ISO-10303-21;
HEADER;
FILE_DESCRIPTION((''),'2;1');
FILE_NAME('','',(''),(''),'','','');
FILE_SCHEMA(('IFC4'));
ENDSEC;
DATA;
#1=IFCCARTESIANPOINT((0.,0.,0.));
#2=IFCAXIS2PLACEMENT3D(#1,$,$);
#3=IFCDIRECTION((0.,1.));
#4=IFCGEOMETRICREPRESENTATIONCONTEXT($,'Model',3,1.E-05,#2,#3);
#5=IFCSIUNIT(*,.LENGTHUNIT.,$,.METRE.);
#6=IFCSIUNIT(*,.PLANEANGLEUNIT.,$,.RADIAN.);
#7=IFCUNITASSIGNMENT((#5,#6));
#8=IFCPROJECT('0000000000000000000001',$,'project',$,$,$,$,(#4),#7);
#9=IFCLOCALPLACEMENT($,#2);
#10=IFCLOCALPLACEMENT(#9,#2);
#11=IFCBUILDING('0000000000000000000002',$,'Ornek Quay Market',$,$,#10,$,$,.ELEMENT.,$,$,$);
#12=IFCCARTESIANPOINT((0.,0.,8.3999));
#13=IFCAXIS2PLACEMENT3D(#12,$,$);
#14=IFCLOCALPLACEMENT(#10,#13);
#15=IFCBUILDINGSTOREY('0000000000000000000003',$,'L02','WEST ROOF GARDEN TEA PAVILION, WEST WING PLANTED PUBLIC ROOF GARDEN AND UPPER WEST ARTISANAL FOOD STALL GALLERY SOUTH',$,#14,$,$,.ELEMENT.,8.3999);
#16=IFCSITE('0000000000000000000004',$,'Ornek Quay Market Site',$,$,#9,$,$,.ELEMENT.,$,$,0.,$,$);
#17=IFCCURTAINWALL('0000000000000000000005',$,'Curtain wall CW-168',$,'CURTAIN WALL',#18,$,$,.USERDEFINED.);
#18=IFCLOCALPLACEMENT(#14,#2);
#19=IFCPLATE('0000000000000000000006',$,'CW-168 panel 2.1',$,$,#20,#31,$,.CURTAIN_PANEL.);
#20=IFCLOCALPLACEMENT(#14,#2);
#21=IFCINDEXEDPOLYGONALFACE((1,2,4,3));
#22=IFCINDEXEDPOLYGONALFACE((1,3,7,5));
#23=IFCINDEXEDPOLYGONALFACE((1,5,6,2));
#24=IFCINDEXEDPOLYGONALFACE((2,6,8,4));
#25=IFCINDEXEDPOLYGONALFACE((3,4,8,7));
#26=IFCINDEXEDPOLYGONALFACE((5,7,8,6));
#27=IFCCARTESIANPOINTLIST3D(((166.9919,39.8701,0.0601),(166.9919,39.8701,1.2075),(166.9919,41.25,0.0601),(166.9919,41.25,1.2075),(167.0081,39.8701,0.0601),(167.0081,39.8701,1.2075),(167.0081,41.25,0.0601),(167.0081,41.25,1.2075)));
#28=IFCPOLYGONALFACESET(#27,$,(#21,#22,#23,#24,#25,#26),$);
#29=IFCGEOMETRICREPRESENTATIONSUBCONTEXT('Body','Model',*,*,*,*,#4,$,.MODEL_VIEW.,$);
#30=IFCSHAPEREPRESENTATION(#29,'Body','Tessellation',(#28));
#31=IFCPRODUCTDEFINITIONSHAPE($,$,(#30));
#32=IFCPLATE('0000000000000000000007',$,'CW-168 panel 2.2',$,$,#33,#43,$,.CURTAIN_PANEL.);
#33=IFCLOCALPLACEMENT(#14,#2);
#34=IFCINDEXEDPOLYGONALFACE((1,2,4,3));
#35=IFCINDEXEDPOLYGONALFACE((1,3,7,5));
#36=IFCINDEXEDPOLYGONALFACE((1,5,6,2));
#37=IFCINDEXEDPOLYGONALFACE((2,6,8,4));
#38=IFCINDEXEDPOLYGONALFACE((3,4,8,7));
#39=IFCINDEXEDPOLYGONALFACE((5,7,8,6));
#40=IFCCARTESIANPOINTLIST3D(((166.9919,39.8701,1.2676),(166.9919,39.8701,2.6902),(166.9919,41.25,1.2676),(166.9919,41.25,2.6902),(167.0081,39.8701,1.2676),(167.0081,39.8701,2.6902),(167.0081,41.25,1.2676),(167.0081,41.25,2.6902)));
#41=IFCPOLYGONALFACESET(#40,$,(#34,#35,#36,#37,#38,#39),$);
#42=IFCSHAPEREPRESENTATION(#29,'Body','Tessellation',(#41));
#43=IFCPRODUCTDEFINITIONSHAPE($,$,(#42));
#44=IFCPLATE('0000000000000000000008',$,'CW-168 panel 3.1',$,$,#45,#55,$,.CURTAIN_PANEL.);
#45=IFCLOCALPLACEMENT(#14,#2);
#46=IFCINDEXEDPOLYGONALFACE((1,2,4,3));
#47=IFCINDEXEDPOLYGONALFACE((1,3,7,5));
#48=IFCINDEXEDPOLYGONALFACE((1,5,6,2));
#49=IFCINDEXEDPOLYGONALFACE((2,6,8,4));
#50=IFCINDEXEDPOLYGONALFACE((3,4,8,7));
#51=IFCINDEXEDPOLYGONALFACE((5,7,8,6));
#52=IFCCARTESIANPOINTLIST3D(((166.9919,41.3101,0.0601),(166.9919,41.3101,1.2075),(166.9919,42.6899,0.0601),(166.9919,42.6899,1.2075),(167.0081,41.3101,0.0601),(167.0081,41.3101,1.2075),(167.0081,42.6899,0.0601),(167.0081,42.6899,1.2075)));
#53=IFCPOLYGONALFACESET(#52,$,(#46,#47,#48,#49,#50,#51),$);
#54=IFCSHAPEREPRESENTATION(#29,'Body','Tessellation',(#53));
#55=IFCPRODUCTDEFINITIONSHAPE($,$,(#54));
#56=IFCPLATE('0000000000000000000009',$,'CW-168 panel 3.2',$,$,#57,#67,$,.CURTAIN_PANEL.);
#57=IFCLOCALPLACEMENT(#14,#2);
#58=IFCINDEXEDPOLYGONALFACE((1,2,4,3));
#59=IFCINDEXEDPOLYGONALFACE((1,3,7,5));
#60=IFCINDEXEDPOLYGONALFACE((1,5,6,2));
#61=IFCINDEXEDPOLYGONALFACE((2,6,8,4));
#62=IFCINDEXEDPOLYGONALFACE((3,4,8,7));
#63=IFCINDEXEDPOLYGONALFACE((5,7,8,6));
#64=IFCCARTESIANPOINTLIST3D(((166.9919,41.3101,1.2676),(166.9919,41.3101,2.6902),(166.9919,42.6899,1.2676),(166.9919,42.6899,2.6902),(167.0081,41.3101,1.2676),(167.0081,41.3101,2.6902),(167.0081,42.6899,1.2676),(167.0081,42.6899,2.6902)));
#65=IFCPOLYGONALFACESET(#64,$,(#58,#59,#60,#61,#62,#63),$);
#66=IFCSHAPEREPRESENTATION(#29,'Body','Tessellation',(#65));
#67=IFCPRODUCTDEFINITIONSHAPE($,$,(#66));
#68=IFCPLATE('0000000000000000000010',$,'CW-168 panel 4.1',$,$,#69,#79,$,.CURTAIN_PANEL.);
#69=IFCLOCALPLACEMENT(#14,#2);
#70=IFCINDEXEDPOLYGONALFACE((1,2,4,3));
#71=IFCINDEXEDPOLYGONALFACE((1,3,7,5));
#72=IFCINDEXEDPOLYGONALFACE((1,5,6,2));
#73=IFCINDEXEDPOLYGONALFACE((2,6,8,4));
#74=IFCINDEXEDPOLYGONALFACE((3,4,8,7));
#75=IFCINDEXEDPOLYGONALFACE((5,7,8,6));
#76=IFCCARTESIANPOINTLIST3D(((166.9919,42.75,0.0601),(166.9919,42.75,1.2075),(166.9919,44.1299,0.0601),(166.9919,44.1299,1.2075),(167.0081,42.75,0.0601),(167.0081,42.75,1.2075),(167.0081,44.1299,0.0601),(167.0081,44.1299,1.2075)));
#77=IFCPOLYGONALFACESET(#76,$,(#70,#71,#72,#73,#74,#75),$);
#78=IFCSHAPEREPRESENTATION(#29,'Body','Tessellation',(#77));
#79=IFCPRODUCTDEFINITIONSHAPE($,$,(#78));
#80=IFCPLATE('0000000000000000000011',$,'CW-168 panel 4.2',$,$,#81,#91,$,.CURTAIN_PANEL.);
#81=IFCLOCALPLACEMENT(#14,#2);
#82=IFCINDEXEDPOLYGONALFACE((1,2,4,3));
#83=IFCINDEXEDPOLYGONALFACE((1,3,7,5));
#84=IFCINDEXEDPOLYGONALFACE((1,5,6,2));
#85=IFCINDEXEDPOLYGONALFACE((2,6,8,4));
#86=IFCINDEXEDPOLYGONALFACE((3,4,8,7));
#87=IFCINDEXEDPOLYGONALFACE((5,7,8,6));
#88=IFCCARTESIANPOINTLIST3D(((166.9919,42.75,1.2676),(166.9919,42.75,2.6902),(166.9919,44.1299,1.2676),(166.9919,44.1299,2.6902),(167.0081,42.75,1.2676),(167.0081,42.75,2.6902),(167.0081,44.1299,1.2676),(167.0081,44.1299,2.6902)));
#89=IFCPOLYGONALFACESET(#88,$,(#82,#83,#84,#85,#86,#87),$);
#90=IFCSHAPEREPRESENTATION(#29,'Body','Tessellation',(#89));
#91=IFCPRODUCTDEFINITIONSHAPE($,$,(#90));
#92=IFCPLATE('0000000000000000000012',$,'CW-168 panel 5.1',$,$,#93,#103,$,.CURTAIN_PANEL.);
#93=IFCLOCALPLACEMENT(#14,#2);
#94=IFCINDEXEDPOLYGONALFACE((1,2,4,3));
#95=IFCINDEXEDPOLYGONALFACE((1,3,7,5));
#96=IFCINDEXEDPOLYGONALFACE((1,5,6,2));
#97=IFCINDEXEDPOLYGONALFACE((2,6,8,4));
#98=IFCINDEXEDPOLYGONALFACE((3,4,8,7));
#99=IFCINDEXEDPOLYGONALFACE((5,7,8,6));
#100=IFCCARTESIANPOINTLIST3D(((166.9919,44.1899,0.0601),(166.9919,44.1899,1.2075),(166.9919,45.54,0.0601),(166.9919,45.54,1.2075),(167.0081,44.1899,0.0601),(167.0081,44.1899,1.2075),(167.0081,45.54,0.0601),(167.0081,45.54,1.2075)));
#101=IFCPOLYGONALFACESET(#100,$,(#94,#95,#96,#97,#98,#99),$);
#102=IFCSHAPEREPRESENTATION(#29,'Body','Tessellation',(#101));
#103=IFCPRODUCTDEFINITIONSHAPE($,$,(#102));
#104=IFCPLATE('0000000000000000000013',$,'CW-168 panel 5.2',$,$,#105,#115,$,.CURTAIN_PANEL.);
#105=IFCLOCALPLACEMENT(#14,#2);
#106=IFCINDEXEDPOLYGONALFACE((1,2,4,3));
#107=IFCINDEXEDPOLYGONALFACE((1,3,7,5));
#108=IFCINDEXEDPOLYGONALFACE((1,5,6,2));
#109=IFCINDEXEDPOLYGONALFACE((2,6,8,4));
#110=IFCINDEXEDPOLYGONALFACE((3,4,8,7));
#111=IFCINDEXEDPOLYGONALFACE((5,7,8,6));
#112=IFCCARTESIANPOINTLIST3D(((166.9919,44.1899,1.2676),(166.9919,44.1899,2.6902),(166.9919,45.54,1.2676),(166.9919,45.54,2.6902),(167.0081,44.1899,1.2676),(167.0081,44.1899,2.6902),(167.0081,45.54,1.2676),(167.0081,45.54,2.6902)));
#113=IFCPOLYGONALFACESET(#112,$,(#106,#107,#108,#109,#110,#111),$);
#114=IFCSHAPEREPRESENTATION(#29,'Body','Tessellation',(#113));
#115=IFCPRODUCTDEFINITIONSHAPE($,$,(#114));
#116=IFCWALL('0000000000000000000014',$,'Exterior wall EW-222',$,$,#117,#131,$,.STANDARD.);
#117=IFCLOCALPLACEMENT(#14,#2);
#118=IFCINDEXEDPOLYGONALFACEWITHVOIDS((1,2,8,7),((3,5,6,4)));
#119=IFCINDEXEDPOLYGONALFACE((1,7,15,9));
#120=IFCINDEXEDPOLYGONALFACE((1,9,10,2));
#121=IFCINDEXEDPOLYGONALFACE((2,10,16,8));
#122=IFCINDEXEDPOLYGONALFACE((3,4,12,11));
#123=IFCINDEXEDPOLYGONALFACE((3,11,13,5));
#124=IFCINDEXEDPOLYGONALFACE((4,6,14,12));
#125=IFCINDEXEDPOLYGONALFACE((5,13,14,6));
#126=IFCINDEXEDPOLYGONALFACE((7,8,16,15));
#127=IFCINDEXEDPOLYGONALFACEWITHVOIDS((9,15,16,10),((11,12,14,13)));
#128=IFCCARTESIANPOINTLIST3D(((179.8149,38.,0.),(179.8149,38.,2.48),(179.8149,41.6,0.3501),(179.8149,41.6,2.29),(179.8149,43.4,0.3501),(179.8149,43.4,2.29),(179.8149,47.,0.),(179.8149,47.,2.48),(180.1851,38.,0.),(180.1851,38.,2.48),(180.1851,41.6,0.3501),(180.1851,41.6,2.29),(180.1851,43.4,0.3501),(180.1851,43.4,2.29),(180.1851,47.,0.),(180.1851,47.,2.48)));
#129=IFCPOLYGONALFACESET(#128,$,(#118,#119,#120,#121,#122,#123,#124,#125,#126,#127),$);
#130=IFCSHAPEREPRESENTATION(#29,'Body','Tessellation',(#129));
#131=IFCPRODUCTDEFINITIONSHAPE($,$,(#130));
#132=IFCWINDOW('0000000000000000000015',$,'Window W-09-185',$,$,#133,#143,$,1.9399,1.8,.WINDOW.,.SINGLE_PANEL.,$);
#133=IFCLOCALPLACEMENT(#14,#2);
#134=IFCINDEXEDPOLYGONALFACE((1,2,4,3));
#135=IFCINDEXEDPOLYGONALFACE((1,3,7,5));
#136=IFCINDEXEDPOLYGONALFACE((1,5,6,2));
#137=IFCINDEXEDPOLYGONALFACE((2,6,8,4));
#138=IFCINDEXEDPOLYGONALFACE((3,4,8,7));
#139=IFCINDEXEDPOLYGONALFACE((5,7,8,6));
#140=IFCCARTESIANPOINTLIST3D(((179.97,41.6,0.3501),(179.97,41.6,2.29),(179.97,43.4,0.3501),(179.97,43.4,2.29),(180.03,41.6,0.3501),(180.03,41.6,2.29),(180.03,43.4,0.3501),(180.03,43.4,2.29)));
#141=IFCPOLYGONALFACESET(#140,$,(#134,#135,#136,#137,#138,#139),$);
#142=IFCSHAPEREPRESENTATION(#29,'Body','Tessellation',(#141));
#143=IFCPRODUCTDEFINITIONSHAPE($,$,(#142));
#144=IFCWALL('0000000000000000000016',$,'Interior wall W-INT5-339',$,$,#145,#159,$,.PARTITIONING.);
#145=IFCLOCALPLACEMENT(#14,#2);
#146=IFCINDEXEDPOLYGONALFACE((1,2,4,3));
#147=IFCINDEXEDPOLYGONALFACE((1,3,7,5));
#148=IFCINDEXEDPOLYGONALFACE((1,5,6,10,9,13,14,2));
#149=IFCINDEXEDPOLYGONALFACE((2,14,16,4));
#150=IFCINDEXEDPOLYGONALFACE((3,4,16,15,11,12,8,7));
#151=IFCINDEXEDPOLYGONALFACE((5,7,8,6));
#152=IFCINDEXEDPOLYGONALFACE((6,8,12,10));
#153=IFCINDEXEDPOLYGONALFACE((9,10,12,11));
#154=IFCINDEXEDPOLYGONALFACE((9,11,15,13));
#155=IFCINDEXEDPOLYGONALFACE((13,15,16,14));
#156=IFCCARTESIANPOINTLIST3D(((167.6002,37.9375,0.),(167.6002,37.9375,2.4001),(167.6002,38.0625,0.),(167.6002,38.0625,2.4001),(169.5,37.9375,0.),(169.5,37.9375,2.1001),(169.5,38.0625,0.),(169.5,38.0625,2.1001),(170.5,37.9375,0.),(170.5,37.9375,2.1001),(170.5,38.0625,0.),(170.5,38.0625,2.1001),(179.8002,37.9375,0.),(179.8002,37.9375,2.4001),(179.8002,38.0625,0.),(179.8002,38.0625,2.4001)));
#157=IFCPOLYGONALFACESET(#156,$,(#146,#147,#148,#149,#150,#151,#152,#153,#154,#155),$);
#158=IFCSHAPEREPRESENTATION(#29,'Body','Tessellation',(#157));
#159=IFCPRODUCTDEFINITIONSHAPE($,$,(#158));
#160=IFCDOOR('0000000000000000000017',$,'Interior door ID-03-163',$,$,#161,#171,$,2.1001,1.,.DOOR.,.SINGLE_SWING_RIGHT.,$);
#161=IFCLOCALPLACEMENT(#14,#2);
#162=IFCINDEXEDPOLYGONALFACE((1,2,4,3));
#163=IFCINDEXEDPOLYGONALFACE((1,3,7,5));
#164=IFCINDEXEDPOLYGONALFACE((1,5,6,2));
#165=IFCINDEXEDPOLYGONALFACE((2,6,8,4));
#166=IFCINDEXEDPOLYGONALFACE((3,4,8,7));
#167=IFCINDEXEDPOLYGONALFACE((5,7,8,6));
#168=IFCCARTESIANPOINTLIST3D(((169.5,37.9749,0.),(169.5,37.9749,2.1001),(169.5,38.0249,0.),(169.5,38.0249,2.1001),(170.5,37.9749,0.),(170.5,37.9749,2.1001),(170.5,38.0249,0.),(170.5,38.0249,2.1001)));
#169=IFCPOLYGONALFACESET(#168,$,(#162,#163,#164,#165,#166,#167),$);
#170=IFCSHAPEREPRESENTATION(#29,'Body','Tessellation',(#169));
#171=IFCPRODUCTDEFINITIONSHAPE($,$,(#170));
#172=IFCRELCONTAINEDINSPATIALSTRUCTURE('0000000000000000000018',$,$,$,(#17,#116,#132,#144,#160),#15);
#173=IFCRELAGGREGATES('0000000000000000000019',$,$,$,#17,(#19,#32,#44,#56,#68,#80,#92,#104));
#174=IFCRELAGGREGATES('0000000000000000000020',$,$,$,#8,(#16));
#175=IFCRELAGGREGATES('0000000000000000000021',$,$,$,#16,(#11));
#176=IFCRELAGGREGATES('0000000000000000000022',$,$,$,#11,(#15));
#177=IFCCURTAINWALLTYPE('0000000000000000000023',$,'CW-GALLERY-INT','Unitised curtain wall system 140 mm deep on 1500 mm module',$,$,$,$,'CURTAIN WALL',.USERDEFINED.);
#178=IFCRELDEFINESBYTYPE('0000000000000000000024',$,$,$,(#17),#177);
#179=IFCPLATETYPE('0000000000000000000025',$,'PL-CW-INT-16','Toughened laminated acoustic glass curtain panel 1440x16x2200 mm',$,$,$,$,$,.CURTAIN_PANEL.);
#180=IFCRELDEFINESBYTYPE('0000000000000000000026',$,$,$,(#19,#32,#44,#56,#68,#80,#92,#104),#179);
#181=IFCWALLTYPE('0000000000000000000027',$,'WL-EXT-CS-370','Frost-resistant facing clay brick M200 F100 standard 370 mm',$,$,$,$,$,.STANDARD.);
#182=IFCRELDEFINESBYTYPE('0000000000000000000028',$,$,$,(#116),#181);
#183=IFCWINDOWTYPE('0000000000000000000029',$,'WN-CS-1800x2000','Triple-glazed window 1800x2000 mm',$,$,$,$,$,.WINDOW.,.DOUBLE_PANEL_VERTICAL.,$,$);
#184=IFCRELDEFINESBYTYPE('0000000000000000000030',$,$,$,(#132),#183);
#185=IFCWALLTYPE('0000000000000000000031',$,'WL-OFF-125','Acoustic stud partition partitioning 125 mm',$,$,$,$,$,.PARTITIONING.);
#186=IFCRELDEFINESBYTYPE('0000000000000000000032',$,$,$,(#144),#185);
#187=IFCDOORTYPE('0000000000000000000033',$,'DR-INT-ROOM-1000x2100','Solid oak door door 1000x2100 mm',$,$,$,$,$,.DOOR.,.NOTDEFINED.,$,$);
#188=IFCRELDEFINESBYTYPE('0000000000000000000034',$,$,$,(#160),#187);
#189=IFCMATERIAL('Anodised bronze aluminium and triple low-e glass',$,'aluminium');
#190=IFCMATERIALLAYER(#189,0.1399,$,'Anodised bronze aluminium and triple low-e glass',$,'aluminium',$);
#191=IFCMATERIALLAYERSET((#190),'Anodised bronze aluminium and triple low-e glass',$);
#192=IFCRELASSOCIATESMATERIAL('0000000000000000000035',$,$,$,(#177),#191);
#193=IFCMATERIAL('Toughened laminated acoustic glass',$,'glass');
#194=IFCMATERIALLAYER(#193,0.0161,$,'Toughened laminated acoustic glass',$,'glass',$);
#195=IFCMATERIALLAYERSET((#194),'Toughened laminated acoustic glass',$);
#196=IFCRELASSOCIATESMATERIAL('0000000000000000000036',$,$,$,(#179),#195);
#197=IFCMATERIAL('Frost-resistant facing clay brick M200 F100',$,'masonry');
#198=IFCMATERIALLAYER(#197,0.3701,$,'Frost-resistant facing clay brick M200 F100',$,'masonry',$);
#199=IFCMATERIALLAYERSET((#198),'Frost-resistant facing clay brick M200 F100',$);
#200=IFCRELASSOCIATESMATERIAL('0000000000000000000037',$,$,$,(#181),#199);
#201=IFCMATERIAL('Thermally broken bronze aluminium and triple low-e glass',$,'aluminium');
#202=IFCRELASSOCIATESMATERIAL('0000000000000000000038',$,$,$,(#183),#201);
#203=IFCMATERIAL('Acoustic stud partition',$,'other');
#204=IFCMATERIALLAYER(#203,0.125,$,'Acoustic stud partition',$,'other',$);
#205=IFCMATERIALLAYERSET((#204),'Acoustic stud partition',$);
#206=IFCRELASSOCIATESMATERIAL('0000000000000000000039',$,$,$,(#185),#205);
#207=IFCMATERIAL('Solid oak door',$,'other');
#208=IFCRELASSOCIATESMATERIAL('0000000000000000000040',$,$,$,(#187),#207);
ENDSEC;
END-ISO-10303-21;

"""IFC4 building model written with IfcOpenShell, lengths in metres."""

from ifc_helpers import new_model, si_unit, direction, frame, frame_2d, origin, origin_2d, place, context, subcontext, project, spatial, rectangle, extrude, material, layer, layer_set, type_object, element, fill, aggregate, save


model = new_model("IFC4")

# Units and contexts
model_context = context("Model", 3, precision=1e-05, world=origin(), true_north=direction((0.0, 1.0)))
body_context = subcontext(model_context, "Body", "Model", "MODEL_VIEW")
ifc_project = project(units=[si_unit("LENGTHUNIT", "METRE"), si_unit("PLANEANGLEUNIT", "RADIAN")], contexts=[model_context])

# Site, building, storey
site_placement = place(None, origin())
site = spatial("IfcSite", under=ifc_project, at=site_placement, Name="Ornek Quay Market Site", CompositionType="ELEMENT", RefElevation=0.0)
building_placement = place(site_placement, origin())
building = spatial("IfcBuilding", under=site, at=building_placement, Name="Ornek Quay Market", CompositionType="ELEMENT")
storey_placement = place(building_placement, frame((0.0, 0.0, 8.3999)))
storey = spatial("IfcBuildingStorey", under=building, at=storey_placement, Name="L02", Description="WEST ROOF GARDEN TEA PAVILION, WEST WING PLANTED PUBLIC ROOF GARDEN AND UPPER WEST ARTISANAL FOOD STALL GALLERY SOUTH", CompositionType="ELEMENT", Elevation=8.3999)

# Curtain wall, plates
ifc_material_1 = material(Name="Anodised bronze aluminium and triple low-e glass", Category="aluminium")
ifc_layer_1 = layer(ifc_material_1, 0.1399, Name="Anodised bronze aluminium and triple low-e glass", Category="aluminium")
ifc_layer_set_1 = layer_set([ifc_layer_1], Name="Anodised bronze aluminium and triple low-e glass")
curtain_wall_type = type_object("IfcCurtainWallType", Name="CW-GALLERY-INT", Description="Unitised curtain wall system 140 mm deep on 1500 mm module", ElementType="CURTAIN WALL", PredefinedType="USERDEFINED", material=ifc_layer_set_1)
curtain_wall_placement = place(storey_placement, origin())
curtain_wall = element("IfcCurtainWall", 1, at=curtain_wall_placement, inside=storey, type_object=curtain_wall_type, Name="Curtain wall CW-168", ObjectType="CURTAIN WALL", PredefinedType="USERDEFINED")
ifc_material_2 = material(Name="Toughened laminated acoustic glass", Category="glass")
ifc_layer_2 = layer(ifc_material_2, 0.0161, Name="Toughened laminated acoustic glass", Category="glass")
ifc_layer_set_2 = layer_set([ifc_layer_2], Name="Toughened laminated acoustic glass")
plate_type = type_object("IfcPlateType", Name="PL-CW-INT-16", Description="Toughened laminated acoustic glass curtain panel 1440x16x2200 mm", PredefinedType="CURTAIN_PANEL", material=ifc_layer_set_2)
plate_1_placement = place(storey_placement, frame((167.0, 40.5601, 0.0601), z_axis=(0.0, 0.0, 1.0), x_axis=(0.0, 1.0, 0.0)))
plate_1 = element("IfcPlate", 2, at=plate_1_placement, type_object=plate_type, Name="CW-168 panel 2.1", PredefinedType="CURTAIN_PANEL", context=body_context, shape_type="SweptSolid", body=[
    extrude(rectangle(XDim=1.3799, YDim=0.0161, at=origin_2d()), origin(), (0.0, 0.0, 1.0), 1.1475),
])
plate_2_placement = place(storey_placement, frame((167.0, 40.5601, 1.2676), z_axis=(0.0, 0.0, 1.0), x_axis=(0.0, 1.0, 0.0)))
plate_2 = element("IfcPlate", 3, at=plate_2_placement, type_object=plate_type, Name="CW-168 panel 2.2", PredefinedType="CURTAIN_PANEL", context=body_context, shape_type="SweptSolid", body=[
    extrude(rectangle(XDim=1.3799, YDim=0.0161, at=origin_2d()), origin(), (0.0, 0.0, 1.0), 1.4226),
])
plate_3_placement = place(storey_placement, frame((167.0, 42.0, 0.0601), z_axis=(0.0, 0.0, 1.0), x_axis=(0.0, 1.0, 0.0)))
plate_3 = element("IfcPlate", 4, at=plate_3_placement, type_object=plate_type, Name="CW-168 panel 3.1", PredefinedType="CURTAIN_PANEL", context=body_context, shape_type="SweptSolid", body=[
    extrude(rectangle(XDim=1.3799, YDim=0.0161, at=origin_2d()), origin(), (0.0, 0.0, 1.0), 1.1475),
])
plate_4_placement = place(storey_placement, frame((167.0, 42.0, 1.2676), z_axis=(0.0, 0.0, 1.0), x_axis=(0.0, 1.0, 0.0)))
plate_4 = element("IfcPlate", 5, at=plate_4_placement, type_object=plate_type, Name="CW-168 panel 3.2", PredefinedType="CURTAIN_PANEL", context=body_context, shape_type="SweptSolid", body=[
    extrude(rectangle(XDim=1.3799, YDim=0.0161, at=origin_2d()), origin(), (0.0, 0.0, 1.0), 1.4226),
])
plate_5_placement = place(storey_placement, frame((167.0, 43.4399, 0.0601), z_axis=(0.0, 0.0, 1.0), x_axis=(0.0, 1.0, 0.0)))
plate_5 = element("IfcPlate", 6, at=plate_5_placement, type_object=plate_type, Name="CW-168 panel 4.1", PredefinedType="CURTAIN_PANEL", context=body_context, shape_type="SweptSolid", body=[
    extrude(rectangle(XDim=1.3799, YDim=0.0161, at=origin_2d()), origin(), (0.0, 0.0, 1.0), 1.1475),
])
plate_6_placement = place(storey_placement, frame((167.0, 43.4399, 1.2676), z_axis=(0.0, 0.0, 1.0), x_axis=(0.0, 1.0, 0.0)))
plate_6 = element("IfcPlate", 7, at=plate_6_placement, type_object=plate_type, Name="CW-168 panel 4.2", PredefinedType="CURTAIN_PANEL", context=body_context, shape_type="SweptSolid", body=[
    extrude(rectangle(XDim=1.3799, YDim=0.0161, at=origin_2d()), origin(), (0.0, 0.0, 1.0), 1.4226),
])
plate_7_placement = place(storey_placement, frame((167.0, 44.865, 0.0601), z_axis=(0.0, 0.0, 1.0), x_axis=(0.0, 1.0, 0.0)))
plate_7 = element("IfcPlate", 8, at=plate_7_placement, type_object=plate_type, Name="CW-168 panel 5.1", PredefinedType="CURTAIN_PANEL", context=body_context, shape_type="SweptSolid", body=[
    extrude(rectangle(XDim=1.3501, YDim=0.0161, at=origin_2d()), origin(), (0.0, 0.0, 1.0), 1.1475),
])
plate_8_placement = place(storey_placement, frame((167.0, 44.865, 1.2676), z_axis=(0.0, 0.0, 1.0), x_axis=(0.0, 1.0, 0.0)))
plate_8 = element("IfcPlate", 9, at=plate_8_placement, type_object=plate_type, Name="CW-168 panel 5.2", PredefinedType="CURTAIN_PANEL", context=body_context, shape_type="SweptSolid", body=[
    extrude(rectangle(XDim=1.3501, YDim=0.0161, at=origin_2d()), origin(), (0.0, 0.0, 1.0), 1.4226),
])
aggregate(curtain_wall, [plate_1, plate_2, plate_3, plate_4, plate_5, plate_6, plate_7, plate_8])

# Wall, opening, window
ifc_material_3 = material(Name="Frost-resistant facing clay brick M200 F100", Category="masonry")
ifc_layer_3 = layer(ifc_material_3, 0.3701, Name="Frost-resistant facing clay brick M200 F100", Category="masonry")
ifc_layer_set_3 = layer_set([ifc_layer_3], Name="Frost-resistant facing clay brick M200 F100")
wall_type_1 = type_object("IfcWallType", Name="WL-EXT-CS-370", Description="Frost-resistant facing clay brick M200 F100 standard 370 mm", PredefinedType="STANDARD", material=ifc_layer_set_3)
wall_1_placement = place(storey_placement, frame((180.0, 38.0, 0.0), z_axis=(0.0, 0.0, 1.0), x_axis=(0.0, 1.0, 0.0)))
wall_1 = element("IfcWall", 10, at=wall_1_placement, inside=storey, type_object=wall_type_1, Name="Exterior wall EW-222", PredefinedType="STANDARD", context=body_context, shape_type="SweptSolid", body=[
    extrude(rectangle(XDim=9.0, YDim=0.3701, at=frame_2d((4.5, 0.0))), origin(), (0.0, 0.0, 1.0), 2.48),
])
opening_1_placement = place(wall_1_placement, frame((3.6001, 0.0, 0.3501)))
opening_1 = element("IfcOpeningElement", 11, at=opening_1_placement, cuts=wall_1, PredefinedType="OPENING", context=body_context, shape_type="SweptSolid", body=[
    extrude(rectangle(XDim=1.8, YDim=1.9399, at=frame_2d((0.8999, 0.97))), frame((0.0, 0.1951, 0.0), z_axis=(0.0, -1.0, 0.0), x_axis=(1.0, 0.0, 0.0)), (0.0, 0.0, 1.0), 0.3901),
])
ifc_material_4 = material(Name="Thermally broken bronze aluminium and triple low-e glass", Category="aluminium")
window_type = type_object("IfcWindowType", Name="WN-CS-1800x2000", Description="Triple-glazed window 1800x2000 mm", PartitioningType="DOUBLE_PANEL_VERTICAL", PredefinedType="WINDOW", material=ifc_material_4)
window_placement = place(opening_1_placement, origin())
window = element("IfcWindow", 12, at=window_placement, inside=storey, type_object=window_type, Name="Window W-09-185", OverallHeight=1.9399, OverallWidth=1.8, PartitioningType="SINGLE_PANEL", PredefinedType="WINDOW", context=body_context, shape_type="SweptSolid", body=[
    extrude(rectangle(XDim=1.8, YDim=1.9399, at=frame_2d((0.8999, 0.97))), frame((0.0, 0.03, 0.0), z_axis=(0.0, -1.0, 0.0), x_axis=(1.0, 0.0, 0.0)), (0.0, 0.0, 1.0), 0.0601),
])
fill(opening_1, window)

# Wall, opening, door
ifc_material_5 = material(Name="Acoustic stud partition", Category="other")
ifc_layer_4 = layer(ifc_material_5, 0.125, Name="Acoustic stud partition", Category="other")
ifc_layer_set_4 = layer_set([ifc_layer_4], Name="Acoustic stud partition")
wall_type_2 = type_object("IfcWallType", Name="WL-OFF-125", Description="Acoustic stud partition partitioning 125 mm", PredefinedType="PARTITIONING", material=ifc_layer_set_4)
wall_2_placement = place(storey_placement, frame((167.6001, 38.0, 0.0), z_axis=(0.0, 0.0, 1.0), x_axis=(1.0, 0.0, 0.0)))
wall_2 = element("IfcWall", 13, at=wall_2_placement, inside=storey, type_object=wall_type_2, Name="Interior wall W-INT5-339", PredefinedType="PARTITIONING", context=body_context, shape_type="SweptSolid", body=[
    extrude(rectangle(XDim=12.2, YDim=0.125, at=frame_2d((6.1001, 0.0))), origin(), (0.0, 0.0, 1.0), 2.4001),
])
opening_2_placement = place(wall_2_placement, frame((1.8999, 0.0, 0.0)))
opening_2 = element("IfcOpeningElement", 14, at=opening_2_placement, cuts=wall_2, PredefinedType="OPENING", context=body_context, shape_type="SweptSolid", body=[
    extrude(rectangle(XDim=1.0, YDim=2.1001, at=frame_2d((0.5, 1.05))), frame((0.0, 0.0725, 0.0), z_axis=(0.0, -1.0, 0.0), x_axis=(1.0, 0.0, 0.0)), (0.0, 0.0, 1.0), 0.145),
])
ifc_material_6 = material(Name="Solid oak door", Category="other")
door_type = type_object("IfcDoorType", Name="DR-INT-ROOM-1000x2100", Description="Solid oak door door 1000x2100 mm", OperationType="NOTDEFINED", PredefinedType="DOOR", material=ifc_material_6)
door_1_placement = place(opening_2_placement, origin())
door_1 = element("IfcDoor", 15, at=door_1_placement, inside=storey, type_object=door_type, Name="Interior door ID-03-163", OperationType="SINGLE_SWING_RIGHT", OverallHeight=2.1001, OverallWidth=1.0, PredefinedType="DOOR", context=body_context, shape_type="SweptSolid", body=[
    extrude(rectangle(XDim=1.0, YDim=2.1001, at=frame_2d((0.5, 1.05))), frame((0.0, 0.0249, 0.0), z_axis=(0.0, -1.0, 0.0), x_axis=(1.0, 0.0, 0.0)), (0.0, 0.0, 1.0), 0.05),
])
fill(opening_2, door_1)

save(model, "model.ifc")
